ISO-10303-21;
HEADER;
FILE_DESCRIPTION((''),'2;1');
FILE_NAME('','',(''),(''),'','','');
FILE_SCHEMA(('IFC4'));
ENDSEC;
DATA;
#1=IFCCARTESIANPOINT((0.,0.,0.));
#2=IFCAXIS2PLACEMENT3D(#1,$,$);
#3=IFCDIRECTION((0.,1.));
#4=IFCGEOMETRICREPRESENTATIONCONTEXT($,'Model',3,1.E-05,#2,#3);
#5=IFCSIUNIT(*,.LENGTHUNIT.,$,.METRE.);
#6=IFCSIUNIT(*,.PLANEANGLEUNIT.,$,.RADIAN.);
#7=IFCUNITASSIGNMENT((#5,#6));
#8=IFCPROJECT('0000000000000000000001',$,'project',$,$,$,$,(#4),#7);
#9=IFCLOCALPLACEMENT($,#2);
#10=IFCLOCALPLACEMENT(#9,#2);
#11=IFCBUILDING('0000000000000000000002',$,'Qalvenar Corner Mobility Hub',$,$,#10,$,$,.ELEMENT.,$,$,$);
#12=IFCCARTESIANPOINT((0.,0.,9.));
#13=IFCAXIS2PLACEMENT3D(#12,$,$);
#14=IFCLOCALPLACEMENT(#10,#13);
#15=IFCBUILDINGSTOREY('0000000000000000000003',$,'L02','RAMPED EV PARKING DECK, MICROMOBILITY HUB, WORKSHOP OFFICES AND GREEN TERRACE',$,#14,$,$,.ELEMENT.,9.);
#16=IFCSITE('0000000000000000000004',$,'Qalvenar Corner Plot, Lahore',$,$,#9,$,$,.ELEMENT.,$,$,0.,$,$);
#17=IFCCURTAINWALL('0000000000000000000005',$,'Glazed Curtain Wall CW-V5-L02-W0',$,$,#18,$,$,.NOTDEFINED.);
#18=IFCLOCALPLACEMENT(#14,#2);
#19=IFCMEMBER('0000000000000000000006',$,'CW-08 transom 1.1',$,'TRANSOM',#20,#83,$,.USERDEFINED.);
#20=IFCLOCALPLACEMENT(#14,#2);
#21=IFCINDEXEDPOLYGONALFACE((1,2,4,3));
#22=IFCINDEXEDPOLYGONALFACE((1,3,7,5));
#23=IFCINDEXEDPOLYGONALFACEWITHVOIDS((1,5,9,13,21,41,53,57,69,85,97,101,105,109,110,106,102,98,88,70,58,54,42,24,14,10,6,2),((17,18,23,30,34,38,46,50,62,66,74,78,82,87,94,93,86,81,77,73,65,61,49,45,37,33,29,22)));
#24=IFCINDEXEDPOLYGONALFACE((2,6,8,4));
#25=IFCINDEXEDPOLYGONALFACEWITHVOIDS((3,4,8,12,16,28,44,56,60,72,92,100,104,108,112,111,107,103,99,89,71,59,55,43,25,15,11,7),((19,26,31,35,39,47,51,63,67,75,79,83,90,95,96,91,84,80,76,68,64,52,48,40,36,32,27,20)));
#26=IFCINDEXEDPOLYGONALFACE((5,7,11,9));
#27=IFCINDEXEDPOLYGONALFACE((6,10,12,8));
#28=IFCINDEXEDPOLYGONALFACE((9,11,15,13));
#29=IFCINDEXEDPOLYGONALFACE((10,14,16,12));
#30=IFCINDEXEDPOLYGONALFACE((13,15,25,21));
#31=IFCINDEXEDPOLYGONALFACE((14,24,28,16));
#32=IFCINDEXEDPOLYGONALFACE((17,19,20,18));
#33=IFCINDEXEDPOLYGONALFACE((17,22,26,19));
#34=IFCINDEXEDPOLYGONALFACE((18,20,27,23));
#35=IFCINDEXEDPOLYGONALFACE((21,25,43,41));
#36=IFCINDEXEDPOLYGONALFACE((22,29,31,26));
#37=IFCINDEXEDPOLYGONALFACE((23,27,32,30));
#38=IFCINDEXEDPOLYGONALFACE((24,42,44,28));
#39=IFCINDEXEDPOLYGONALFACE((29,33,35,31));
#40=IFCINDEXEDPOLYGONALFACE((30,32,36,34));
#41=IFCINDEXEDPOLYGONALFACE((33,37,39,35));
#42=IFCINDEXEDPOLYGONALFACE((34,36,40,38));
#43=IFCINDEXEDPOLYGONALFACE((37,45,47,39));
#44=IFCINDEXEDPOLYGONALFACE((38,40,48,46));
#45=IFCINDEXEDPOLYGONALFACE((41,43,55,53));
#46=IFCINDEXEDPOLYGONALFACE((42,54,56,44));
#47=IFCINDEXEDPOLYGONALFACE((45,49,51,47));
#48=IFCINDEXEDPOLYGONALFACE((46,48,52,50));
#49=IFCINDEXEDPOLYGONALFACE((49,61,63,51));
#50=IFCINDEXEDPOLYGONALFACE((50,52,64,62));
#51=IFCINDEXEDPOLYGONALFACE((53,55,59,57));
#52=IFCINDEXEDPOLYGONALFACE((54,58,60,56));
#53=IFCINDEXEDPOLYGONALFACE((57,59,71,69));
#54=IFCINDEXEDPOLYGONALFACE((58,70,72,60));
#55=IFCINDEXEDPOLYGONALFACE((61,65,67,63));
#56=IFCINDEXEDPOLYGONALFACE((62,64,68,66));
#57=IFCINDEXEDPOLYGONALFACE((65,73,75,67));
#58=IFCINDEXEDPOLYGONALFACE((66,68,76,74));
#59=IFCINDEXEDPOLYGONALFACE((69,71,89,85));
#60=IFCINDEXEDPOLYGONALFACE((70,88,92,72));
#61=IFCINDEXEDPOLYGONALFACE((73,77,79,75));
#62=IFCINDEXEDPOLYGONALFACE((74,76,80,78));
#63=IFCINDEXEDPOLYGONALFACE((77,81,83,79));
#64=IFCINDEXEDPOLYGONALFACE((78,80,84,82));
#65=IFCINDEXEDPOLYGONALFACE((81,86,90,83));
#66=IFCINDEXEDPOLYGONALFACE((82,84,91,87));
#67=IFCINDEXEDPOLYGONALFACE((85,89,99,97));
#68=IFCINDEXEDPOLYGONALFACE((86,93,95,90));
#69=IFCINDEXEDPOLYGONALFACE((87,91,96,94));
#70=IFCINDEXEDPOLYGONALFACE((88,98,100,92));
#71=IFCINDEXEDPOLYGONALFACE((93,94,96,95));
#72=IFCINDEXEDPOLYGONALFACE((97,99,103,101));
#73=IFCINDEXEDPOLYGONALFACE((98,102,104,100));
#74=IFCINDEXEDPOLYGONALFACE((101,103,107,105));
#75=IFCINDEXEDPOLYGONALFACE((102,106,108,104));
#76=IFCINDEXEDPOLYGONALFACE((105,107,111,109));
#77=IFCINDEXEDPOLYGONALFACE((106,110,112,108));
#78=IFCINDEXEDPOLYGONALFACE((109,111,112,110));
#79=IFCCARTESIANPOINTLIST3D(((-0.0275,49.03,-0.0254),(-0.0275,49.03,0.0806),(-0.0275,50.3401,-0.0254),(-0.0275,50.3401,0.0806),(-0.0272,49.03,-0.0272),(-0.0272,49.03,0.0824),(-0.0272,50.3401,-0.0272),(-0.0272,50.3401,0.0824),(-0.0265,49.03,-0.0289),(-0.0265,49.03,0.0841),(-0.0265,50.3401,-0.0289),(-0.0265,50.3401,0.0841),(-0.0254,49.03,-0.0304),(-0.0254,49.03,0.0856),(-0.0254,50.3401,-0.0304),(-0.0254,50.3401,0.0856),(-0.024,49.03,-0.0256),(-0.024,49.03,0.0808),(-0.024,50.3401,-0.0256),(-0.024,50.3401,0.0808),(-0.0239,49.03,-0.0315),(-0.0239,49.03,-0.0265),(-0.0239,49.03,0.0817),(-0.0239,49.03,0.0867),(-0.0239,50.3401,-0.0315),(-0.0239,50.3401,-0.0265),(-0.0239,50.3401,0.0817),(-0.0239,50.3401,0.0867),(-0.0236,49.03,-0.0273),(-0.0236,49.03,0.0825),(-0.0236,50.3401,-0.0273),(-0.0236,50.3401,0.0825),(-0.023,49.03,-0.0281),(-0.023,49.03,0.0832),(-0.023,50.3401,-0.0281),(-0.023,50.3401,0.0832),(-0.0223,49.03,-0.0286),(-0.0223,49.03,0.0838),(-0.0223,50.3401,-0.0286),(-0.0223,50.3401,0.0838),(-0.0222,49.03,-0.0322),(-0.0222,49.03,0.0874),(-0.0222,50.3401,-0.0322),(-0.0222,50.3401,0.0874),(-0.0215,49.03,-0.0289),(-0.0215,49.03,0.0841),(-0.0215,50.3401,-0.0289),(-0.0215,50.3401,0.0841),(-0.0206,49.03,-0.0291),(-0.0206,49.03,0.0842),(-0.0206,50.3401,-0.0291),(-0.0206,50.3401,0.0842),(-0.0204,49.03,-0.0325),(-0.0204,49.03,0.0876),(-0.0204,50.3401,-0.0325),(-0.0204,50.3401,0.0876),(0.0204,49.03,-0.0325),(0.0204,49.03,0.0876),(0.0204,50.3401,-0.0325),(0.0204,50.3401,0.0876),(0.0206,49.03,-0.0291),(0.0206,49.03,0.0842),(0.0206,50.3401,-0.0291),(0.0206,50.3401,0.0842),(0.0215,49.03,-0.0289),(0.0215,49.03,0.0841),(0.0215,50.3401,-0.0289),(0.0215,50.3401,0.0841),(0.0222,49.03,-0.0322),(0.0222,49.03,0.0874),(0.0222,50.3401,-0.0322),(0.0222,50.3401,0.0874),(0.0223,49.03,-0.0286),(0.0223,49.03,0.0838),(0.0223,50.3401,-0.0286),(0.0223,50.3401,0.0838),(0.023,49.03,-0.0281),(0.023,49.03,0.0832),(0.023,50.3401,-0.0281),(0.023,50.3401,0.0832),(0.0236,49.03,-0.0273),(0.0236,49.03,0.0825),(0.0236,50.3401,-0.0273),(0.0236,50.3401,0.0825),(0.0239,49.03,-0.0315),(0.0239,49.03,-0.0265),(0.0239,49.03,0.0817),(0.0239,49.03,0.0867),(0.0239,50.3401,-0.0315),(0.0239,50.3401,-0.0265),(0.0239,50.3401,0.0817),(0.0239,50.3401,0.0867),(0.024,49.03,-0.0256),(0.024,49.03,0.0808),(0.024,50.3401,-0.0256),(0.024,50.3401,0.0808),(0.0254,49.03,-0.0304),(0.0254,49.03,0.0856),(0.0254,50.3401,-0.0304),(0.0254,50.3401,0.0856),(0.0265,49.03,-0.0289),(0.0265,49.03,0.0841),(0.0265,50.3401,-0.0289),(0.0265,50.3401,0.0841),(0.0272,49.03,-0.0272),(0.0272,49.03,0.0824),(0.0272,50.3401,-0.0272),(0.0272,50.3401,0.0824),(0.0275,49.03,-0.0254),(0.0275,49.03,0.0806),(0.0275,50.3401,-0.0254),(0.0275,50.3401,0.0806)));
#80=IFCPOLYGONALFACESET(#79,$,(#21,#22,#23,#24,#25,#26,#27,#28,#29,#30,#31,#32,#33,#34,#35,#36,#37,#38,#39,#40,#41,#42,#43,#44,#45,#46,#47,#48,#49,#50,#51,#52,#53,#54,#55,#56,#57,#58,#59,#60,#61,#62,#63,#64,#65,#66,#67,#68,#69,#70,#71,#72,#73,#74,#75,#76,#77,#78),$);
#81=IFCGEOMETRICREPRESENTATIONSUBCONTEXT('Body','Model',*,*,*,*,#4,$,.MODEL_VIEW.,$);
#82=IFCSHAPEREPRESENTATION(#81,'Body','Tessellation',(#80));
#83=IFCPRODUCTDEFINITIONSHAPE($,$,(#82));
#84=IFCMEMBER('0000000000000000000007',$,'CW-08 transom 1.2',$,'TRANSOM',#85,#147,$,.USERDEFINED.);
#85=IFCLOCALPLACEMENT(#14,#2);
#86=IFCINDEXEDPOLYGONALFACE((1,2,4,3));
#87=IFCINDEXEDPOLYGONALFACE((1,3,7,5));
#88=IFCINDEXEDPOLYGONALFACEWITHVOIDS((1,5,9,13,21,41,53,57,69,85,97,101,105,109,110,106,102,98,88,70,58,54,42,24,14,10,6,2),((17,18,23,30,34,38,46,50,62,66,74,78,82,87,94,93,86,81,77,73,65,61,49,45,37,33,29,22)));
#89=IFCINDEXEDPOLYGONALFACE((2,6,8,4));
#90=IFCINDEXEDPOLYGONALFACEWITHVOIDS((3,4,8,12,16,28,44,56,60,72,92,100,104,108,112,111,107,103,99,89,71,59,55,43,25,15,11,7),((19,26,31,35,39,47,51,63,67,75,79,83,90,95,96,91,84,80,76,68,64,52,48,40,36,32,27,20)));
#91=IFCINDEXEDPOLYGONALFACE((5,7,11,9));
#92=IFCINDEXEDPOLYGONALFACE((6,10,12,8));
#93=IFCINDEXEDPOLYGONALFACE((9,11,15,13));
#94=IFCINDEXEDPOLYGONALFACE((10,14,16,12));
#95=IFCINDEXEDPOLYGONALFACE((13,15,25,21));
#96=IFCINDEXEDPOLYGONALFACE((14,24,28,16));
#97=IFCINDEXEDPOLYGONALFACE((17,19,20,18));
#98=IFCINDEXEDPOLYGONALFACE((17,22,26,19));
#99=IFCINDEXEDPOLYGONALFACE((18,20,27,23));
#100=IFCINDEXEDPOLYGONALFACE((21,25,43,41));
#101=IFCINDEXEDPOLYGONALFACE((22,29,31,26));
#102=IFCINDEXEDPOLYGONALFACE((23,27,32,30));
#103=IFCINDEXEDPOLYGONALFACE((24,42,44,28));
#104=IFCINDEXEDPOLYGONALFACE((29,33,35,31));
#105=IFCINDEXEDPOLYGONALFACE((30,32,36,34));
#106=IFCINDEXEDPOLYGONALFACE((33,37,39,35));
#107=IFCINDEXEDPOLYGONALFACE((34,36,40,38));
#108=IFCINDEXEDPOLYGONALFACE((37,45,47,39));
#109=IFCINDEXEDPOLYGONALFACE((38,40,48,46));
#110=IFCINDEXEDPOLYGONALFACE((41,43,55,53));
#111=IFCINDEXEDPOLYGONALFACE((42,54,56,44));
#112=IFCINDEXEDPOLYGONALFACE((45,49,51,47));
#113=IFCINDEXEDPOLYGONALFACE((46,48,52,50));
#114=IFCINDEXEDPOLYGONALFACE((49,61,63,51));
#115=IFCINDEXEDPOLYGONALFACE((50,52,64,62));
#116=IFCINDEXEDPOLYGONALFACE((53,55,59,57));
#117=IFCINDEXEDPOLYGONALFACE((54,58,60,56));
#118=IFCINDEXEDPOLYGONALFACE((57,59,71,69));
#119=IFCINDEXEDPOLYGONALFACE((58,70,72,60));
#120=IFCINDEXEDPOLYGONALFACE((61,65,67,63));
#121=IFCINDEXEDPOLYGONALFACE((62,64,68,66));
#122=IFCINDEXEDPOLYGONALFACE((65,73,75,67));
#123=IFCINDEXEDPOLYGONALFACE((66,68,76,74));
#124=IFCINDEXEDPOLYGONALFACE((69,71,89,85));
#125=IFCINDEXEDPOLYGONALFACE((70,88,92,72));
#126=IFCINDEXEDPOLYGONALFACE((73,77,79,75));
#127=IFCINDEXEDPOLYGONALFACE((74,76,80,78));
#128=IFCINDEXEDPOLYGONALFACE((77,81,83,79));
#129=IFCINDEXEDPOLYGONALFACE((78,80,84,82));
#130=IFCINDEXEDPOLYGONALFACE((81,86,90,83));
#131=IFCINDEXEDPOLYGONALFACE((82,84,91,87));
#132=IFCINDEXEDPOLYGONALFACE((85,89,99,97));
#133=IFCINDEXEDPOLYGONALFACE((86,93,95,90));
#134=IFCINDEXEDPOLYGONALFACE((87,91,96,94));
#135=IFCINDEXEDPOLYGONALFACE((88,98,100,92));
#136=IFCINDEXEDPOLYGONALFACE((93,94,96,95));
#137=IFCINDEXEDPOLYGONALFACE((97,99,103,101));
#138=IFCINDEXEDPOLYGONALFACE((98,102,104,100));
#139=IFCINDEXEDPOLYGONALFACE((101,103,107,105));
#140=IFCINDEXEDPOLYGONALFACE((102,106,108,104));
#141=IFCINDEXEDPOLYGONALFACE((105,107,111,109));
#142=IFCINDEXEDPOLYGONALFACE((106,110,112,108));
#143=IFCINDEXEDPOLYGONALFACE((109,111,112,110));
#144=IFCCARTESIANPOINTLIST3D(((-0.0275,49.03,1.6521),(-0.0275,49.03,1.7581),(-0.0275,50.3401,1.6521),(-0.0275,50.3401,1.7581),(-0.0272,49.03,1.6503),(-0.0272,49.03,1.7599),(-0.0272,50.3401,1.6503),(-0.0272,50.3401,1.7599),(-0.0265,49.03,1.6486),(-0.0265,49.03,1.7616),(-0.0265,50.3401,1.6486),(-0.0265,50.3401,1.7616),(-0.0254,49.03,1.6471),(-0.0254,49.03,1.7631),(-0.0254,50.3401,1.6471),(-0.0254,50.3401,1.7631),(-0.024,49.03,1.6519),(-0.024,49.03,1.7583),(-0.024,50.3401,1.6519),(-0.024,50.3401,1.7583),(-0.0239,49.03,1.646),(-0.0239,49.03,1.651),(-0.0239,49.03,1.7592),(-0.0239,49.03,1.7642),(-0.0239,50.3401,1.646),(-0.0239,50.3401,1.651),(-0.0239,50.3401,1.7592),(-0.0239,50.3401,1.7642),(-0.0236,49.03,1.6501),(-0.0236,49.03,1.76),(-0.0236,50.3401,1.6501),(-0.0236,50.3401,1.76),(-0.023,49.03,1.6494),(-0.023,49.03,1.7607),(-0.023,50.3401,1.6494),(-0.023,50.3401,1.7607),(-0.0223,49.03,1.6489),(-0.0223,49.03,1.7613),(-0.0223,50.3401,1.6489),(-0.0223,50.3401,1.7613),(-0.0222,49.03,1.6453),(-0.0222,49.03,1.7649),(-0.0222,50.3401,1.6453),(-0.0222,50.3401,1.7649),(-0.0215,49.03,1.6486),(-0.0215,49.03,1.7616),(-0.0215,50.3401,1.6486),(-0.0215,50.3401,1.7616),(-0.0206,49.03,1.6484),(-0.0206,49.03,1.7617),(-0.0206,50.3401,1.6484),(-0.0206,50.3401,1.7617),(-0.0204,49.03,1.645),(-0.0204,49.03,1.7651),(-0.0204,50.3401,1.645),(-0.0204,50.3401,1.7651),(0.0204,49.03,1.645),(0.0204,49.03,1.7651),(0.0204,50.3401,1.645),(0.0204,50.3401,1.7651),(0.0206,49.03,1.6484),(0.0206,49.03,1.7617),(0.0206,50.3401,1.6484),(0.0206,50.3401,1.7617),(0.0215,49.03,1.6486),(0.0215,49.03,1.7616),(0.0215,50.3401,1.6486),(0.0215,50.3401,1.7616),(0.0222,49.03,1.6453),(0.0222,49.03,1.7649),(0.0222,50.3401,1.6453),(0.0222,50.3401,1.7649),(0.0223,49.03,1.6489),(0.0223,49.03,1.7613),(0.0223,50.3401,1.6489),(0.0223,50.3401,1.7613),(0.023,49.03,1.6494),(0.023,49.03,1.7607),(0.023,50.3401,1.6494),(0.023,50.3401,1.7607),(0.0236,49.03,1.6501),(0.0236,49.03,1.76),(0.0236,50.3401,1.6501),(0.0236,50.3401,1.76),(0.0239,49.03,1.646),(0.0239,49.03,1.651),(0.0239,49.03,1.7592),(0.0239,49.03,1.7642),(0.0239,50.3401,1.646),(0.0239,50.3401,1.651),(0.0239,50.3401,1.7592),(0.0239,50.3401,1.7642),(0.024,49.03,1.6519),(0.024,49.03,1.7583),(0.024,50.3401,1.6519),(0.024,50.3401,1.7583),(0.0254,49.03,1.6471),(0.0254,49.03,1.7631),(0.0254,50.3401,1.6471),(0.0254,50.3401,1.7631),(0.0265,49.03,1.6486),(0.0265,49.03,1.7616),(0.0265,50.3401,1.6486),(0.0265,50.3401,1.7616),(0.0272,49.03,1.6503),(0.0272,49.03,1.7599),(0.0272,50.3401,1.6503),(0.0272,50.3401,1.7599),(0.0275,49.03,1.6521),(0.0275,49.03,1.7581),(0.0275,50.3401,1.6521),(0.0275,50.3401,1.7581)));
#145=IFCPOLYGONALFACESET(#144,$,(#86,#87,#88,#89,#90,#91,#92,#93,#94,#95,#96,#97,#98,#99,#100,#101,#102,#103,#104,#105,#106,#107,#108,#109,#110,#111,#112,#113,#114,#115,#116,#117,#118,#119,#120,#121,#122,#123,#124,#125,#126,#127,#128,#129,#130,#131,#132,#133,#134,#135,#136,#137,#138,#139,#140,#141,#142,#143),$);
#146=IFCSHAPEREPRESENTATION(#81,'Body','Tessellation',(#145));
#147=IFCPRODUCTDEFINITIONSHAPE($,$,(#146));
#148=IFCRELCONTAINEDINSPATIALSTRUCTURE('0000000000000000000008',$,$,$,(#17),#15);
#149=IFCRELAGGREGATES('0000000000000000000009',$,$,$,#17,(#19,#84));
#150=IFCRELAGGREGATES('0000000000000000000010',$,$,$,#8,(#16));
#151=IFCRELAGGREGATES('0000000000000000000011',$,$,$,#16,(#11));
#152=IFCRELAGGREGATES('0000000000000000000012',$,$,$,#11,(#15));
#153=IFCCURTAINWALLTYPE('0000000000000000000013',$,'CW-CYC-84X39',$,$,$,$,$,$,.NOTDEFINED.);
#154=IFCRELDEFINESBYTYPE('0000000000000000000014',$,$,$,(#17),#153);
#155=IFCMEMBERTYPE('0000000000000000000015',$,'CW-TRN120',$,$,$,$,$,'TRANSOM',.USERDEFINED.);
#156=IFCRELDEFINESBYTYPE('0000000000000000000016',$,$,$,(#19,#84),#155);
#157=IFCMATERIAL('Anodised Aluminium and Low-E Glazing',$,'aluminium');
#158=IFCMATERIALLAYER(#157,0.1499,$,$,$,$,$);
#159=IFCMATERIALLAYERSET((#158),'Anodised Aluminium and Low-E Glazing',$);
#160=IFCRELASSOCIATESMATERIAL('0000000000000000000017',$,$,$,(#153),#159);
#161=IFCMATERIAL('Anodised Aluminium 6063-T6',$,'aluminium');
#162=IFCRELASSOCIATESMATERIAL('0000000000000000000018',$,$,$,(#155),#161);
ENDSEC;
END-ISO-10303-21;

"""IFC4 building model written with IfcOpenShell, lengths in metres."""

from ifc_helpers import new_model, si_unit, direction, frame, origin, origin_2d, place, context, subcontext, project, spatial, hollow_rectangle, extrude, material, layer, layer_set, material_profile, profile_set, type_object, element, aggregate, save


model = new_model("IFC4")

# Units and contexts
model_context = context("Model", 3, precision=1e-05, world=origin(), true_north=direction((0.0, 1.0)))
body_context = subcontext(model_context, "Body", "Model", "MODEL_VIEW")
ifc_project = project(units=[si_unit("LENGTHUNIT", "METRE"), si_unit("PLANEANGLEUNIT", "RADIAN")], contexts=[model_context])

# Site, building, storey
site_placement = place(None, origin())
site = spatial("IfcSite", under=ifc_project, at=site_placement, Name="Qalvenar Corner Plot, Lahore", CompositionType="ELEMENT", RefElevation=0.0)
building_placement = place(site_placement, origin())
building = spatial("IfcBuilding", under=site, at=building_placement, Name="Qalvenar Corner Mobility Hub", CompositionType="ELEMENT")
storey_placement = place(building_placement, frame((0.0, 0.0, 9.0)))
storey = spatial("IfcBuildingStorey", under=building, at=storey_placement, Name="L02", Description="RAMPED EV PARKING DECK, MICROMOBILITY HUB, WORKSHOP OFFICES AND GREEN TERRACE", CompositionType="ELEMENT", Elevation=9.0)

# Curtain wall, members
ifc_material_1 = material(Name="Anodised Aluminium and Low-E Glazing", Category="aluminium")
ifc_layer_1 = layer(ifc_material_1, 0.1499)
ifc_layer_set_1 = layer_set([ifc_layer_1], Name="Anodised Aluminium and Low-E Glazing")
curtain_wall_type = type_object("IfcCurtainWallType", Name="CW-CYC-84X39", PredefinedType="NOTDEFINED", material=ifc_layer_set_1)
curtain_wall_placement = place(storey_placement, origin())
curtain_wall = element("IfcCurtainWall", 1, at=curtain_wall_placement, inside=storey, type_object=curtain_wall_type, Name="Glazed Curtain Wall CW-V5-L02-W0", PredefinedType="NOTDEFINED")
ifc_material_2 = material(Name="Anodised Aluminium 6063-T6", Category="aluminium")
ifc_material_profile_1 = material_profile(ifc_material_2, hollow_rectangle(XDim=0.0549, YDim=0.1201, WallThickness=0.0034, InnerFilletRadius=0.0034, OuterFilletRadius=0.0071, at=origin_2d()), Name="RHS120x55x3.5")
ifc_profile_set_1 = profile_set([ifc_material_profile_1], Name="Anodised Aluminium 6063-T6")
member_type_1 = type_object("IfcMemberType", Name="CW-TRN120", ElementType="TRANSOM", PredefinedType="USERDEFINED", material=ifc_profile_set_1)
member_1_placement = place(storey_placement, frame((0.0, 50.3401, 0.0276), z_axis=(0.0, -1.0, 0.0), x_axis=(1.0, 0.0, 0.0)))
member_1 = element("IfcMember", 2, at=member_1_placement, type_object=member_type_1, Name="CW-08 transom 1.1", ObjectType="TRANSOM", PredefinedType="USERDEFINED", context=body_context, shape_type="SweptSolid", body=[
    extrude(hollow_rectangle(XDim=0.0549, YDim=0.1201, WallThickness=0.0034, InnerFilletRadius=0.0034, OuterFilletRadius=0.0071, at=origin_2d()), origin(), (0.0, 0.0, 1.0), 1.3101),
])
member_2_placement = place(storey_placement, frame((0.0, 50.3401, 1.7051), z_axis=(0.0, -1.0, 0.0), x_axis=(1.0, 0.0, 0.0)))
member_2 = element("IfcMember", 3, at=member_2_placement, type_object=member_type_1, Name="CW-08 transom 1.2", ObjectType="TRANSOM", PredefinedType="USERDEFINED", context=body_context, shape_type="SweptSolid", body=[
    extrude(hollow_rectangle(XDim=0.0549, YDim=0.1201, WallThickness=0.0034, InnerFilletRadius=0.0034, OuterFilletRadius=0.0071, at=origin_2d()), origin(), (0.0, 0.0, 1.0), 1.3101),
])

aggregate(curtain_wall, [member_1, member_2])

save(model, "model.ifc")
